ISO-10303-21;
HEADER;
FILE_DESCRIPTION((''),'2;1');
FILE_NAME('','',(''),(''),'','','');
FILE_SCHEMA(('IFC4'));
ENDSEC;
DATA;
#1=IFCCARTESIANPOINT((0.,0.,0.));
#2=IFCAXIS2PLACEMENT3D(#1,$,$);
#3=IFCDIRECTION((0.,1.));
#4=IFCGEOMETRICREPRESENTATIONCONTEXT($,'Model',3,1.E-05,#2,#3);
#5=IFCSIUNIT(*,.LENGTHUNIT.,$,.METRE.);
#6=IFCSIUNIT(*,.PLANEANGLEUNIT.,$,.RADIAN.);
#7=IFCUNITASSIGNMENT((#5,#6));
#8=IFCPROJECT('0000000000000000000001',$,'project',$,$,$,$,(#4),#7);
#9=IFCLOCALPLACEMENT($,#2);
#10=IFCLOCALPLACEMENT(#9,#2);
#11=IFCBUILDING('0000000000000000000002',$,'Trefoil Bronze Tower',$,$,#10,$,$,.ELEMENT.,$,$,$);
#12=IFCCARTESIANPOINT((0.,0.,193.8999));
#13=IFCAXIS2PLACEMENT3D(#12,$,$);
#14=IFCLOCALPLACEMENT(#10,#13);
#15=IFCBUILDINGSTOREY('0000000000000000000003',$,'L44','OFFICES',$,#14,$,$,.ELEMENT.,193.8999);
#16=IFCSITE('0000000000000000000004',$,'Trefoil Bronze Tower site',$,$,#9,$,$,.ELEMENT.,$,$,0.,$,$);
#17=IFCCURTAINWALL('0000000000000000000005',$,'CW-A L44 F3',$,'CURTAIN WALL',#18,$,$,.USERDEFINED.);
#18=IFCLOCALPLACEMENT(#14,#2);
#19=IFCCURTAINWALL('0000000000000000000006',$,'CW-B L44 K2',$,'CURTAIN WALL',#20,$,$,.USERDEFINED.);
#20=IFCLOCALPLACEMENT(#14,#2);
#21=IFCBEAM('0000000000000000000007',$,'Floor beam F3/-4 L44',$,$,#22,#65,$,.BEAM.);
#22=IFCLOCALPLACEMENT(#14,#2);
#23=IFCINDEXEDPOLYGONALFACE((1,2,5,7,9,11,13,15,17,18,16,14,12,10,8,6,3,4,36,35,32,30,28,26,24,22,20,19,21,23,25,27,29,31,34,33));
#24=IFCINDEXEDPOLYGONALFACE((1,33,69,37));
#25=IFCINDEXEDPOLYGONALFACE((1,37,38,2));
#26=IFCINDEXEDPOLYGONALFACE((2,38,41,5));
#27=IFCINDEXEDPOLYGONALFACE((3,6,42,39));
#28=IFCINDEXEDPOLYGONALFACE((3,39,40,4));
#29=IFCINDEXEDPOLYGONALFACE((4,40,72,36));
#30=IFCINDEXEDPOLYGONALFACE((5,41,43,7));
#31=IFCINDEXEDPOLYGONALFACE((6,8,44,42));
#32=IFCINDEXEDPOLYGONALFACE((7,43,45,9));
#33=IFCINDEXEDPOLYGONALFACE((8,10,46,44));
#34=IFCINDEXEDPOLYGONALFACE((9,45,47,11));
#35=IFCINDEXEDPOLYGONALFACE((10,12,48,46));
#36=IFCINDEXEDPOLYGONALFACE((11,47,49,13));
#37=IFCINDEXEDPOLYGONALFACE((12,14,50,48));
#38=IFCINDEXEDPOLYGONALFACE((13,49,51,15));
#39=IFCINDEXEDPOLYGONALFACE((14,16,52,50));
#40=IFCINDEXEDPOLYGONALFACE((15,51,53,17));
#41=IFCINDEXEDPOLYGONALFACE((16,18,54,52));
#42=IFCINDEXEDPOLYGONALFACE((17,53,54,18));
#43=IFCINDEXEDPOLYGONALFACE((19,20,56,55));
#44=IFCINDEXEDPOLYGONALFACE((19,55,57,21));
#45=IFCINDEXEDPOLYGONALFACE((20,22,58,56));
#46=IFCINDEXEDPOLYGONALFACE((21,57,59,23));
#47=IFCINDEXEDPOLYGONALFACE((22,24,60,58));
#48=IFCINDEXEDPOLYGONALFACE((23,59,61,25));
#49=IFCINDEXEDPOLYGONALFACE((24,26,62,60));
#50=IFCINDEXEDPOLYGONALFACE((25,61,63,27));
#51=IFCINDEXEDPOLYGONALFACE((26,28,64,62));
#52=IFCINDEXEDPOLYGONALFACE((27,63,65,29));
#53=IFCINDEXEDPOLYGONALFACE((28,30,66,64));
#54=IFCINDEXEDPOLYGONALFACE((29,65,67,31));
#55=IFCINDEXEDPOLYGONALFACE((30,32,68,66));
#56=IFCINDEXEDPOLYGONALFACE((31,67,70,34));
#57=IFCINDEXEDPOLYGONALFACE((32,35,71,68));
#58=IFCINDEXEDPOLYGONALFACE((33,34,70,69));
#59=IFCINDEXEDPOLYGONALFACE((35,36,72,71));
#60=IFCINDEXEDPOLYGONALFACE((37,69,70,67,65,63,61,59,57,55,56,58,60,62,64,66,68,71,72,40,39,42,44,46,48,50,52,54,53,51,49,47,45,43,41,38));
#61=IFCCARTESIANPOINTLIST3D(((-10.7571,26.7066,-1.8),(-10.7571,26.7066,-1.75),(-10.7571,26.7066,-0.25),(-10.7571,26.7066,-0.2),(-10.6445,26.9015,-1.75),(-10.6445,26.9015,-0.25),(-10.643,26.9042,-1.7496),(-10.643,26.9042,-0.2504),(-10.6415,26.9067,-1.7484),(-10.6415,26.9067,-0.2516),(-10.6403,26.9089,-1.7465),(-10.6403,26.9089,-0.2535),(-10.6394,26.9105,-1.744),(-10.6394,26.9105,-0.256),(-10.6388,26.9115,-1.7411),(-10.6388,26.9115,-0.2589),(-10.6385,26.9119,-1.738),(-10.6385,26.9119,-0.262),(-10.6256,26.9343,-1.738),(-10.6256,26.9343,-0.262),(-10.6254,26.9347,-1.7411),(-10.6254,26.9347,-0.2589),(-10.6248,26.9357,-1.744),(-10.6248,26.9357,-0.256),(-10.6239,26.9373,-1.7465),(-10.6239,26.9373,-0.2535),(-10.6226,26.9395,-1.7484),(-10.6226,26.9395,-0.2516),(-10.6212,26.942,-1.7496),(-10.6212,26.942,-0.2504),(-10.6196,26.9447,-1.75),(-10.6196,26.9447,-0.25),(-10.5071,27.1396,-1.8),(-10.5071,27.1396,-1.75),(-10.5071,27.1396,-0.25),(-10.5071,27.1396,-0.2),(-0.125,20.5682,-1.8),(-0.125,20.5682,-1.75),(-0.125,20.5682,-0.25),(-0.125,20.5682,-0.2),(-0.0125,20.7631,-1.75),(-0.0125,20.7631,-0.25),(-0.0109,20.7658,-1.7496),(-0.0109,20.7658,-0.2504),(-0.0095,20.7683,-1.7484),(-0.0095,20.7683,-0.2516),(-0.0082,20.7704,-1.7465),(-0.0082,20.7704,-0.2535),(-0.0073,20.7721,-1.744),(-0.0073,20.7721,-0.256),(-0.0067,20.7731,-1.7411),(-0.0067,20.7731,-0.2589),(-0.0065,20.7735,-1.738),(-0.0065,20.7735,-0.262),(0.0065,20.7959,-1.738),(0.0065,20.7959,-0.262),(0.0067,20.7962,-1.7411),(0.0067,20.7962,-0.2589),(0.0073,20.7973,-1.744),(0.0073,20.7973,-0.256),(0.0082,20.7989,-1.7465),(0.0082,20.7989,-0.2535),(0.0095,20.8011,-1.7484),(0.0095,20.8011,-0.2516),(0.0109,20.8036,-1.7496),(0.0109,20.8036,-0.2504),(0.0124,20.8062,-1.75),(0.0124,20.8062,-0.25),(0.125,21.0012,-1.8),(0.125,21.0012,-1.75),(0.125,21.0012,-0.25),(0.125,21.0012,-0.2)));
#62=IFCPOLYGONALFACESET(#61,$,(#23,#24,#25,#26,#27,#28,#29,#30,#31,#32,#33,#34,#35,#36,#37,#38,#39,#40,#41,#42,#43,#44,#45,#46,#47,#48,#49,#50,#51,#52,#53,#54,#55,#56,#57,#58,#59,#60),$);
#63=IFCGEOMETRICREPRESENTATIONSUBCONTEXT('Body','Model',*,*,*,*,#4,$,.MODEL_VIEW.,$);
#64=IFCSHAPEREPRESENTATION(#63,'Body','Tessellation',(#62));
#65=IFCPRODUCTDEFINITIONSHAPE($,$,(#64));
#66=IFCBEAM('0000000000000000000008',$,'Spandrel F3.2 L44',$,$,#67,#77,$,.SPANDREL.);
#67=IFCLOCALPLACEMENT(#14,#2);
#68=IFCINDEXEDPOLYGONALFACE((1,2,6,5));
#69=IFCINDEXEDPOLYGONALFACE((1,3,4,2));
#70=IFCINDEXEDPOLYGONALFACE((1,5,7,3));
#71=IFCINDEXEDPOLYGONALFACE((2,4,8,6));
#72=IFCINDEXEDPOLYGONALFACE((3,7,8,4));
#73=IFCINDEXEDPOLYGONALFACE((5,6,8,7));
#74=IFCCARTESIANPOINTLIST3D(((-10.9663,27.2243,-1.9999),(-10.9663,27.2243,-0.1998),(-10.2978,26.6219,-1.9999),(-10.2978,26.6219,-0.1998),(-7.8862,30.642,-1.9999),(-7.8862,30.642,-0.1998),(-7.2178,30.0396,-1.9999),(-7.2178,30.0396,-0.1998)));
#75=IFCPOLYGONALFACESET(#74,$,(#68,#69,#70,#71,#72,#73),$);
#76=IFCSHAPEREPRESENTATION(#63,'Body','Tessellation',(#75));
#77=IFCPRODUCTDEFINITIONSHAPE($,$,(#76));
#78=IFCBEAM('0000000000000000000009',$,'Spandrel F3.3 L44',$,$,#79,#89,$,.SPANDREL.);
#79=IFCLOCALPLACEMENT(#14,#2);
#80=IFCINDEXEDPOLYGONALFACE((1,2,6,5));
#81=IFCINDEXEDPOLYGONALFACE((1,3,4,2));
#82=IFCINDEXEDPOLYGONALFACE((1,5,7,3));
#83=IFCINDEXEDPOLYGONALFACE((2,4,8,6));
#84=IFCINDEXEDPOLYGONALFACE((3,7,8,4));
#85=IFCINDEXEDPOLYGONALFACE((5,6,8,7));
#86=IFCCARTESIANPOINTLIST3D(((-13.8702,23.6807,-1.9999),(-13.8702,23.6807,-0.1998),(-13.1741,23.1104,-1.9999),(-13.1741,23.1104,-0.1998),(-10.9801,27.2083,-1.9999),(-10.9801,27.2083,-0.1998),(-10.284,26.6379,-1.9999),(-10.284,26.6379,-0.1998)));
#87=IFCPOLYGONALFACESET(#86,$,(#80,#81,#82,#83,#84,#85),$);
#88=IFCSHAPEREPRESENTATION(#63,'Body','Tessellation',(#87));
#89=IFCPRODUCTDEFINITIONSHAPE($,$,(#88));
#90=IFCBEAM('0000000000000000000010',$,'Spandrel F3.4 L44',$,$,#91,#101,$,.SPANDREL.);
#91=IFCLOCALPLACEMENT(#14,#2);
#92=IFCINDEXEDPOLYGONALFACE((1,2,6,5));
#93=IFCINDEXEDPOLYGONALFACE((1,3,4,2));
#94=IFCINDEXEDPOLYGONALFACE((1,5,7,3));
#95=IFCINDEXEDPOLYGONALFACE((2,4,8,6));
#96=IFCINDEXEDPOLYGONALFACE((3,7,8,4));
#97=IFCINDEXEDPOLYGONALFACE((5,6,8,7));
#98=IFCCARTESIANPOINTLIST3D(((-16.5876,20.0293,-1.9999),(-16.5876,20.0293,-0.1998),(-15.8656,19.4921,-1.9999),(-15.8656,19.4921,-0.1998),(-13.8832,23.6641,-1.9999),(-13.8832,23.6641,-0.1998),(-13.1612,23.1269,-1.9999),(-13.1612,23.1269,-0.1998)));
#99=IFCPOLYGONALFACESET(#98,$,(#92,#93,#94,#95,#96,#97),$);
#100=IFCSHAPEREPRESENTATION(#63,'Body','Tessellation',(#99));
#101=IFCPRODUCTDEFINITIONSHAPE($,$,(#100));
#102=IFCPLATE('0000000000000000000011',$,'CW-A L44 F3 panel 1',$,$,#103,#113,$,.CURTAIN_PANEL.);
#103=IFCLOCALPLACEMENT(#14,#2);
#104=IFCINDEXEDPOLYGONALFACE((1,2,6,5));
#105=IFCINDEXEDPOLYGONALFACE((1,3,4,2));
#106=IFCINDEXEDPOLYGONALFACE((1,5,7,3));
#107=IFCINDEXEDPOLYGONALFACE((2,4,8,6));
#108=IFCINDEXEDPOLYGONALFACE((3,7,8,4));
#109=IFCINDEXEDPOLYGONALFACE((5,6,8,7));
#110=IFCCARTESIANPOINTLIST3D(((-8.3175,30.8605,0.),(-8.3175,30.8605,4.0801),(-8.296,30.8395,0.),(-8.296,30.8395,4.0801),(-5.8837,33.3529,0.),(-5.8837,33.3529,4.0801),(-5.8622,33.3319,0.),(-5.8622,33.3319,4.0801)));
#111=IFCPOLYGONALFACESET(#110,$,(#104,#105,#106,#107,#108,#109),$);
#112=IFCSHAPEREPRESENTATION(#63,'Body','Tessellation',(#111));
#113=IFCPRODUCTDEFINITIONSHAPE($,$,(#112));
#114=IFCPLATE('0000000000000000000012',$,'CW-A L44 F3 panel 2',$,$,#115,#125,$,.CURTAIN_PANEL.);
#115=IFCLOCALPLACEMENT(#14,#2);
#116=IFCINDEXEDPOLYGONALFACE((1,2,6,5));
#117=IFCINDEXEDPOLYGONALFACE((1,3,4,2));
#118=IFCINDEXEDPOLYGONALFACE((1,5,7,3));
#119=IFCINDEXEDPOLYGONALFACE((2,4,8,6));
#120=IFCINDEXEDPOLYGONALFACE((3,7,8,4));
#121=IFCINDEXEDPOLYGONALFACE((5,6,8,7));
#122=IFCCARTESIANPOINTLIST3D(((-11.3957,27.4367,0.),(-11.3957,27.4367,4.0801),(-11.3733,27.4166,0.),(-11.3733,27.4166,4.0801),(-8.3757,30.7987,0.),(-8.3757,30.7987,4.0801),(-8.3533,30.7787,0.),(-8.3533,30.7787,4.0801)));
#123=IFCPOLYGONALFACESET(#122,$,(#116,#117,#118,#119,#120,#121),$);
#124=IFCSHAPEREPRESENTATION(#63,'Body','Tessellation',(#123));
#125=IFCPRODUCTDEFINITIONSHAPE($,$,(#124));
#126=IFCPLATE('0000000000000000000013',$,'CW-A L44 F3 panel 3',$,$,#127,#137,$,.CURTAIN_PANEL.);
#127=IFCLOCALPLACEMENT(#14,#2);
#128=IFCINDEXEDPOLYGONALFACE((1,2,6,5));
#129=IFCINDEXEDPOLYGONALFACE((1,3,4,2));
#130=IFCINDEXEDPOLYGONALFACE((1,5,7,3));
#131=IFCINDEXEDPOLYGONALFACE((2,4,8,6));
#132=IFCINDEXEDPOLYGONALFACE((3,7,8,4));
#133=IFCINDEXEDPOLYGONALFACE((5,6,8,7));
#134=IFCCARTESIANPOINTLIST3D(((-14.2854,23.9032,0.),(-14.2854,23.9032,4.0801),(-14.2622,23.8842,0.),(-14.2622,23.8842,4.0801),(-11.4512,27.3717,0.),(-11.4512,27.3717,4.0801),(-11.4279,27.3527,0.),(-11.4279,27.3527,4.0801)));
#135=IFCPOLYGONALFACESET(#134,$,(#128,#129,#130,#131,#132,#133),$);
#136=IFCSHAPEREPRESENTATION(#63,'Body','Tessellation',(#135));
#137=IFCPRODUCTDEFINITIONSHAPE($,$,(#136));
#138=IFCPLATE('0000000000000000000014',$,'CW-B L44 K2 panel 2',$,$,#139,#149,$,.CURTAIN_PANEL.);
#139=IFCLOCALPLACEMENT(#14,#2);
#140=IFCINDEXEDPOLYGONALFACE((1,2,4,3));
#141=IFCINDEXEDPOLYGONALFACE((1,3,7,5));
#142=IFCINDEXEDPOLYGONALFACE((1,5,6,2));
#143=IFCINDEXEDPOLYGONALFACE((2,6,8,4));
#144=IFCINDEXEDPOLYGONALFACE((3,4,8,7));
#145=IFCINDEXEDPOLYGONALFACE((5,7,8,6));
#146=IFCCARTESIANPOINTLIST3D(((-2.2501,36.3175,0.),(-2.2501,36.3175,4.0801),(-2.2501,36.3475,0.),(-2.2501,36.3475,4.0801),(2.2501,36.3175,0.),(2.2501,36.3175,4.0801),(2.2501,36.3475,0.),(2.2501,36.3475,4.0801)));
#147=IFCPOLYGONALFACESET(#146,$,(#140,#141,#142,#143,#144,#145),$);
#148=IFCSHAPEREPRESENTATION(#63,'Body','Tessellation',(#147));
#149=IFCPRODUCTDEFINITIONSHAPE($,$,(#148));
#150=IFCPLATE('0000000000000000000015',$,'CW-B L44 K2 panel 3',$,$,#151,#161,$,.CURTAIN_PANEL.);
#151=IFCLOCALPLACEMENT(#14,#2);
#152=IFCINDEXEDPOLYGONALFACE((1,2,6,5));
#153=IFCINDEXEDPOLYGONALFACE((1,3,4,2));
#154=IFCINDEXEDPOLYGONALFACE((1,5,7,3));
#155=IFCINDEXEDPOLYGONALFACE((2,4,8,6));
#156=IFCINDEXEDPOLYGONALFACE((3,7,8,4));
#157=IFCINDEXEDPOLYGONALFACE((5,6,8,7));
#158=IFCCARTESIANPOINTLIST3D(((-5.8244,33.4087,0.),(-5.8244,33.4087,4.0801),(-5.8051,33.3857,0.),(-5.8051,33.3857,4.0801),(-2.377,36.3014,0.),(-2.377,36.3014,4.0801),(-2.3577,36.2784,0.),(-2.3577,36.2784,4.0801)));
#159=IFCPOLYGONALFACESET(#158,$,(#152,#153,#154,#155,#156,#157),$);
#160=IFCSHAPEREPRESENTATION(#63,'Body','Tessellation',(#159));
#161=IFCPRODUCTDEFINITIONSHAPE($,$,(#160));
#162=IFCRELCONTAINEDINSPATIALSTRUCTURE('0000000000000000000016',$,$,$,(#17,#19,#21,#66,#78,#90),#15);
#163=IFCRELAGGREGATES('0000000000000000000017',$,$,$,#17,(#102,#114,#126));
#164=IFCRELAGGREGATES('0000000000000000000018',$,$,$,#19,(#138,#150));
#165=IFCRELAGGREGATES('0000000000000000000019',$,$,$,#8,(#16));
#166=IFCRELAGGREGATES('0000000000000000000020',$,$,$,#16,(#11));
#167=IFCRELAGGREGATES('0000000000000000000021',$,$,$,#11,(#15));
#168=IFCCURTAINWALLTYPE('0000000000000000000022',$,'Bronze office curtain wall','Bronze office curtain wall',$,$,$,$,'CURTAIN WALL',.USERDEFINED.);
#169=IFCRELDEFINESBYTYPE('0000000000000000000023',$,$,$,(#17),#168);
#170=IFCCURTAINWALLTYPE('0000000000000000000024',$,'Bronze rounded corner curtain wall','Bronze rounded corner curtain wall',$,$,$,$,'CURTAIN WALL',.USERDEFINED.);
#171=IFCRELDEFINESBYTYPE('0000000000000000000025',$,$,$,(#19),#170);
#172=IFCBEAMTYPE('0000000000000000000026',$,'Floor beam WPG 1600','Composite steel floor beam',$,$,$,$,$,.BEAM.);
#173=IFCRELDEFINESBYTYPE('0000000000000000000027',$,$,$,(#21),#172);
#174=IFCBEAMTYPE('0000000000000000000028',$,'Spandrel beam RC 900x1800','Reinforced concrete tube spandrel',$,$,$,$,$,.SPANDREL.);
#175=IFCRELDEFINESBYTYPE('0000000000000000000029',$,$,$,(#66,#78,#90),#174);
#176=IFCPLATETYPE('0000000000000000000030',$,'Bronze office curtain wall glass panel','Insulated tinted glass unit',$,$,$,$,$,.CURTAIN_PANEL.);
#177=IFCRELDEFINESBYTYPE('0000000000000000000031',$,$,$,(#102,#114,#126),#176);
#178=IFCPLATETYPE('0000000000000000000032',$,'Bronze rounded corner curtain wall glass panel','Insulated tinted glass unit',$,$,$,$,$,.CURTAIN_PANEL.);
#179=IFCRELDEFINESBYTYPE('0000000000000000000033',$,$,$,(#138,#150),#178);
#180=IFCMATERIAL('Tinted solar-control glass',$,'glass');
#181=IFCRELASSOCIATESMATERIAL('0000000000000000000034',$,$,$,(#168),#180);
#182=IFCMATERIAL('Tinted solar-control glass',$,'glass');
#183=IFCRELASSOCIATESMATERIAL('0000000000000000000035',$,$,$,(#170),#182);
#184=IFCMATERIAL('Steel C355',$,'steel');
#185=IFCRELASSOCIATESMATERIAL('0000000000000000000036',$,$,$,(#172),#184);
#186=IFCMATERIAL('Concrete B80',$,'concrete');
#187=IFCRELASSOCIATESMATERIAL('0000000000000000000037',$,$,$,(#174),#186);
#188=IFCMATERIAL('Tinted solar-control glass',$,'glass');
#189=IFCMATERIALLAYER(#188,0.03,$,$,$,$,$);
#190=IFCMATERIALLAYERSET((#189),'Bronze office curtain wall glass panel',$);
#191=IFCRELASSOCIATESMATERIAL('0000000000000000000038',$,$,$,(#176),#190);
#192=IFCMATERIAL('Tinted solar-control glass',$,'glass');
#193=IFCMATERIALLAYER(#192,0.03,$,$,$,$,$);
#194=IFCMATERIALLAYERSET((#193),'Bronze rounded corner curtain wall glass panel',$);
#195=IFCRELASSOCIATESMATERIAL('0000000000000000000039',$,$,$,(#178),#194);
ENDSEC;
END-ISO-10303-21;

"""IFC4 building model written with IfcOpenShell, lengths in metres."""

from ifc_helpers import new_model, si_unit, direction, frame, origin, origin_2d, place, context, subcontext, project, spatial, rectangle, i_section, extrude, material, layer, layer_set, material_profile, profile_set, type_object, element, aggregate, save


model = new_model("IFC4")

# Units and contexts
model_context = context("Model", 3, precision=1e-05, world=origin(), true_north=direction((0.0, 1.0)))
body_context = subcontext(model_context, "Body", "Model", "MODEL_VIEW")
ifc_project = project(units=[si_unit("LENGTHUNIT", "METRE"), si_unit("PLANEANGLEUNIT", "RADIAN")], contexts=[model_context])

# Site, building, storey
site_placement = place(None, origin())
site = spatial("IfcSite", under=ifc_project, at=site_placement, Name="Trefoil Bronze Tower site", CompositionType="ELEMENT", RefElevation=0.0)
building_placement = place(site_placement, origin())
building = spatial("IfcBuilding", under=site, at=building_placement, Name="Trefoil Bronze Tower", CompositionType="ELEMENT")
storey_placement = place(building_placement, frame((0.0, 0.0, 193.8999)))
storey = spatial("IfcBuildingStorey", under=building, at=storey_placement, Name="L44", Description="OFFICES", CompositionType="ELEMENT", Elevation=193.8999)

# Curtain walls
ifc_material_1 = material(Name="Tinted solar-control glass", Category="glass")
curtain_wall_type_1 = type_object("IfcCurtainWallType", Name="Bronze office curtain wall", Description="Bronze office curtain wall", ElementType="CURTAIN WALL", PredefinedType="USERDEFINED", material=ifc_material_1)
curtain_wall_1_placement = place(storey_placement, origin())
curtain_wall_1 = element("IfcCurtainWall", 1, at=curtain_wall_1_placement, inside=storey, type_object=curtain_wall_type_1, Name="CW-A L44 F3", ObjectType="CURTAIN WALL", PredefinedType="USERDEFINED")
ifc_material_2 = material(Name="Tinted solar-control glass", Category="glass")
curtain_wall_type_2 = type_object("IfcCurtainWallType", Name="Bronze rounded corner curtain wall", Description="Bronze rounded corner curtain wall", ElementType="CURTAIN WALL", PredefinedType="USERDEFINED", material=ifc_material_2)
curtain_wall_2_placement = place(storey_placement, origin())
curtain_wall_2 = element("IfcCurtainWall", 2, at=curtain_wall_2_placement, inside=storey, type_object=curtain_wall_type_2, Name="CW-B L44 K2", ObjectType="CURTAIN WALL", PredefinedType="USERDEFINED")

# Beams
ifc_material_3 = material(Name="Steel C355", Category="steel")
ifc_material_profile_1 = material_profile(ifc_material_3, i_section(OverallWidth=0.5, OverallDepth=1.6001, WebThickness=0.0259, FlangeThickness=0.05, FilletRadius=0.012, at=origin_2d()), Name="WPG 1600")
ifc_profile_set_1 = profile_set([ifc_material_profile_1], Name="Steel C355")
beam_type_1 = type_object("IfcBeamType", Name="Floor beam WPG 1600", Description="Composite steel floor beam", PredefinedType="BEAM", material=ifc_profile_set_1)
beam_1_placement = place(storey_placement, frame((-10.6321, 26.9231, -1.0), z_axis=(0.866026, -0.5, 0.0), x_axis=(0.5, 0.866026, 0.0)))
element("IfcBeam", 3, at=beam_1_placement, inside=storey, type_object=beam_type_1, Name="Floor beam F3/-4 L44", PredefinedType="BEAM", context=body_context, shape_type="SweptSolid", body=[
    extrude(i_section(OverallWidth=0.5, OverallDepth=1.6001, WebThickness=0.0259, FlangeThickness=0.05, FilletRadius=0.012, at=origin_2d()), origin(), (0.0, 0.0, 1.0), 12.2769),
])
ifc_material_4 = material(Name="Concrete B80", Category="concrete")
ifc_material_profile_2 = material_profile(ifc_material_4, rectangle(XDim=0.8999, YDim=1.8, at=origin_2d()), Name="RC 900x1800")
ifc_profile_set_2 = profile_set([ifc_material_profile_2], Name="Concrete B80")
beam_type_2 = type_object("IfcBeamType", Name="Spandrel beam RC 900x1800", Description="Reinforced concrete tube spandrel", PredefinedType="SPANDREL", material=ifc_profile_set_2)
beam_2_placement = place(storey_placement, frame((-7.552, 30.3408, -1.0999), z_axis=(-0.66946, -0.742848, 0.0), x_axis=(0.742848, -0.66946, 0.0)))
element("IfcBeam", 4, at=beam_2_placement, inside=storey, type_object=beam_type_2, Name="Spandrel F3.2 L44", PredefinedType="SPANDREL", context=body_context, shape_type="SweptSolid", body=[
    extrude(rectangle(XDim=0.8999, YDim=1.8, at=origin_2d()), origin(), (0.0, 0.0, 1.0), 4.6008),
])
beam_3_placement = place(storey_placement, frame((-10.6321, 26.9231, -1.0999), z_axis=(-0.633754, -0.773535, 0.0), x_axis=(0.773535, -0.633754, 0.0)))
element("IfcBeam", 5, at=beam_3_placement, inside=storey, type_object=beam_type_2, Name="Spandrel F3.3 L44", PredefinedType="SPANDREL", context=body_context, shape_type="SweptSolid", body=[
    extrude(rectangle(XDim=0.8999, YDim=1.8, at=origin_2d()), origin(), (0.0, 0.0, 1.0), 4.5603),
])
beam_4_placement = place(storey_placement, frame((-13.5222, 23.3955, -1.0999), z_axis=(-0.596926, -0.802296, 0.0), x_axis=(0.802296, -0.596926, 0.0)))
element("IfcBeam", 6, at=beam_4_placement, inside=storey, type_object=beam_type_2, Name="Spandrel F3.4 L44", PredefinedType="SPANDREL", context=body_context, shape_type="SweptSolid", body=[
    extrude(rectangle(XDim=0.8999, YDim=1.8, at=origin_2d()), origin(), (0.0, 0.0, 1.0), 4.5305),
])

# Plates
ifc_material_5 = material(Name="Tinted solar-control glass", Category="glass")
ifc_layer_1 = layer(ifc_material_5, 0.03)
ifc_layer_set_1 = layer_set([ifc_layer_1], Name="Bronze office curtain wall glass panel")
plate_type_1 = type_object("IfcPlateType", Name="Bronze office curtain wall glass panel", Description="Insulated tinted glass unit", PredefinedType="CURTAIN_PANEL", material=ifc_layer_set_1)
plate_1_placement = place(storey_placement, frame((-7.0898, 32.0962, 0.0), z_axis=(0.0, 0.0, 1.0), x_axis=(-0.698652, -0.715462, 0.0)))
plate_1 = element("IfcPlate", 7, at=plate_1_placement, type_object=plate_type_1, Name="CW-A L44 F3 panel 1", PredefinedType="CURTAIN_PANEL", context=body_context, shape_type="SweptSolid", body=[
    extrude(rectangle(XDim=3.4836, YDim=0.03, at=origin_2d()), origin(), (0.0, 0.0, 1.0), 4.0801),
])
plate_2_placement = place(storey_placement, frame((-9.8745, 29.1077, 0.0), z_axis=(0.0, 0.0, 1.0), x_axis=(-0.668246, -0.743941, 0.0)))
plate_2 = element("IfcPlate", 8, at=plate_2_placement, type_object=plate_type_1, Name="CW-A L44 F3 panel 2", PredefinedType="CURTAIN_PANEL", context=body_context, shape_type="SweptSolid", body=[
    extrude(rectangle(XDim=4.5193, YDim=0.03, at=origin_2d()), origin(), (0.0, 0.0, 1.0), 4.0801),
])
plate_3_placement = place(storey_placement, frame((-12.8567, 25.6279, 0.0), z_axis=(0.0, 0.0, 1.0), x_axis=(-0.632753, -0.774354, 0.0)))
plate_3 = element("IfcPlate", 9, at=plate_3_placement, type_object=plate_type_1, Name="CW-A L44 F3 panel 3", PredefinedType="CURTAIN_PANEL", context=body_context, shape_type="SweptSolid", body=[
    extrude(rectangle(XDim=4.4792, YDim=0.03, at=origin_2d()), origin(), (0.0, 0.0, 1.0), 4.0801),
])
aggregate(curtain_wall_1, [plate_1, plate_2, plate_3])
ifc_material_6 = material(Name="Tinted solar-control glass", Category="glass")
ifc_layer_2 = layer(ifc_material_6, 0.03)
ifc_layer_set_2 = layer_set([ifc_layer_2], Name="Bronze rounded corner curtain wall glass panel")
plate_type_2 = type_object("IfcPlateType", Name="Bronze rounded corner curtain wall glass panel", Description="Insulated tinted glass unit", PredefinedType="CURTAIN_PANEL", material=ifc_layer_set_2)
plate_4_placement = place(storey_placement, frame((0.0, 36.3325, 0.0), z_axis=(0.0, 0.0, 1.0), x_axis=(-1.0, 0.0, 0.0)))
plate_4 = element("IfcPlate", 10, at=plate_4_placement, type_object=plate_type_2, Name="CW-B L44 K2 panel 2", PredefinedType="CURTAIN_PANEL", context=body_context, shape_type="SweptSolid", body=[
    extrude(rectangle(XDim=4.5002, YDim=0.03, at=origin_2d()), origin(), (0.0, 0.0, 1.0), 4.0801),
])
plate_5_placement = place(storey_placement, frame((-4.0911, 34.8435, 0.0), z_axis=(0.0, 0.0, 1.0), x_axis=(-0.766044, -0.642788, 0.0)))
plate_5 = element("IfcPlate", 11, at=plate_5_placement, type_object=plate_type_2, Name="CW-B L44 K2 panel 3", PredefinedType="CURTAIN_PANEL", context=body_context, shape_type="SweptSolid", body=[
    extrude(rectangle(XDim=4.5002, YDim=0.03, at=origin_2d()), origin(), (0.0, 0.0, 1.0), 4.0801),
])
aggregate(curtain_wall_2, [plate_4, plate_5])

save(model, "model.ifc")
